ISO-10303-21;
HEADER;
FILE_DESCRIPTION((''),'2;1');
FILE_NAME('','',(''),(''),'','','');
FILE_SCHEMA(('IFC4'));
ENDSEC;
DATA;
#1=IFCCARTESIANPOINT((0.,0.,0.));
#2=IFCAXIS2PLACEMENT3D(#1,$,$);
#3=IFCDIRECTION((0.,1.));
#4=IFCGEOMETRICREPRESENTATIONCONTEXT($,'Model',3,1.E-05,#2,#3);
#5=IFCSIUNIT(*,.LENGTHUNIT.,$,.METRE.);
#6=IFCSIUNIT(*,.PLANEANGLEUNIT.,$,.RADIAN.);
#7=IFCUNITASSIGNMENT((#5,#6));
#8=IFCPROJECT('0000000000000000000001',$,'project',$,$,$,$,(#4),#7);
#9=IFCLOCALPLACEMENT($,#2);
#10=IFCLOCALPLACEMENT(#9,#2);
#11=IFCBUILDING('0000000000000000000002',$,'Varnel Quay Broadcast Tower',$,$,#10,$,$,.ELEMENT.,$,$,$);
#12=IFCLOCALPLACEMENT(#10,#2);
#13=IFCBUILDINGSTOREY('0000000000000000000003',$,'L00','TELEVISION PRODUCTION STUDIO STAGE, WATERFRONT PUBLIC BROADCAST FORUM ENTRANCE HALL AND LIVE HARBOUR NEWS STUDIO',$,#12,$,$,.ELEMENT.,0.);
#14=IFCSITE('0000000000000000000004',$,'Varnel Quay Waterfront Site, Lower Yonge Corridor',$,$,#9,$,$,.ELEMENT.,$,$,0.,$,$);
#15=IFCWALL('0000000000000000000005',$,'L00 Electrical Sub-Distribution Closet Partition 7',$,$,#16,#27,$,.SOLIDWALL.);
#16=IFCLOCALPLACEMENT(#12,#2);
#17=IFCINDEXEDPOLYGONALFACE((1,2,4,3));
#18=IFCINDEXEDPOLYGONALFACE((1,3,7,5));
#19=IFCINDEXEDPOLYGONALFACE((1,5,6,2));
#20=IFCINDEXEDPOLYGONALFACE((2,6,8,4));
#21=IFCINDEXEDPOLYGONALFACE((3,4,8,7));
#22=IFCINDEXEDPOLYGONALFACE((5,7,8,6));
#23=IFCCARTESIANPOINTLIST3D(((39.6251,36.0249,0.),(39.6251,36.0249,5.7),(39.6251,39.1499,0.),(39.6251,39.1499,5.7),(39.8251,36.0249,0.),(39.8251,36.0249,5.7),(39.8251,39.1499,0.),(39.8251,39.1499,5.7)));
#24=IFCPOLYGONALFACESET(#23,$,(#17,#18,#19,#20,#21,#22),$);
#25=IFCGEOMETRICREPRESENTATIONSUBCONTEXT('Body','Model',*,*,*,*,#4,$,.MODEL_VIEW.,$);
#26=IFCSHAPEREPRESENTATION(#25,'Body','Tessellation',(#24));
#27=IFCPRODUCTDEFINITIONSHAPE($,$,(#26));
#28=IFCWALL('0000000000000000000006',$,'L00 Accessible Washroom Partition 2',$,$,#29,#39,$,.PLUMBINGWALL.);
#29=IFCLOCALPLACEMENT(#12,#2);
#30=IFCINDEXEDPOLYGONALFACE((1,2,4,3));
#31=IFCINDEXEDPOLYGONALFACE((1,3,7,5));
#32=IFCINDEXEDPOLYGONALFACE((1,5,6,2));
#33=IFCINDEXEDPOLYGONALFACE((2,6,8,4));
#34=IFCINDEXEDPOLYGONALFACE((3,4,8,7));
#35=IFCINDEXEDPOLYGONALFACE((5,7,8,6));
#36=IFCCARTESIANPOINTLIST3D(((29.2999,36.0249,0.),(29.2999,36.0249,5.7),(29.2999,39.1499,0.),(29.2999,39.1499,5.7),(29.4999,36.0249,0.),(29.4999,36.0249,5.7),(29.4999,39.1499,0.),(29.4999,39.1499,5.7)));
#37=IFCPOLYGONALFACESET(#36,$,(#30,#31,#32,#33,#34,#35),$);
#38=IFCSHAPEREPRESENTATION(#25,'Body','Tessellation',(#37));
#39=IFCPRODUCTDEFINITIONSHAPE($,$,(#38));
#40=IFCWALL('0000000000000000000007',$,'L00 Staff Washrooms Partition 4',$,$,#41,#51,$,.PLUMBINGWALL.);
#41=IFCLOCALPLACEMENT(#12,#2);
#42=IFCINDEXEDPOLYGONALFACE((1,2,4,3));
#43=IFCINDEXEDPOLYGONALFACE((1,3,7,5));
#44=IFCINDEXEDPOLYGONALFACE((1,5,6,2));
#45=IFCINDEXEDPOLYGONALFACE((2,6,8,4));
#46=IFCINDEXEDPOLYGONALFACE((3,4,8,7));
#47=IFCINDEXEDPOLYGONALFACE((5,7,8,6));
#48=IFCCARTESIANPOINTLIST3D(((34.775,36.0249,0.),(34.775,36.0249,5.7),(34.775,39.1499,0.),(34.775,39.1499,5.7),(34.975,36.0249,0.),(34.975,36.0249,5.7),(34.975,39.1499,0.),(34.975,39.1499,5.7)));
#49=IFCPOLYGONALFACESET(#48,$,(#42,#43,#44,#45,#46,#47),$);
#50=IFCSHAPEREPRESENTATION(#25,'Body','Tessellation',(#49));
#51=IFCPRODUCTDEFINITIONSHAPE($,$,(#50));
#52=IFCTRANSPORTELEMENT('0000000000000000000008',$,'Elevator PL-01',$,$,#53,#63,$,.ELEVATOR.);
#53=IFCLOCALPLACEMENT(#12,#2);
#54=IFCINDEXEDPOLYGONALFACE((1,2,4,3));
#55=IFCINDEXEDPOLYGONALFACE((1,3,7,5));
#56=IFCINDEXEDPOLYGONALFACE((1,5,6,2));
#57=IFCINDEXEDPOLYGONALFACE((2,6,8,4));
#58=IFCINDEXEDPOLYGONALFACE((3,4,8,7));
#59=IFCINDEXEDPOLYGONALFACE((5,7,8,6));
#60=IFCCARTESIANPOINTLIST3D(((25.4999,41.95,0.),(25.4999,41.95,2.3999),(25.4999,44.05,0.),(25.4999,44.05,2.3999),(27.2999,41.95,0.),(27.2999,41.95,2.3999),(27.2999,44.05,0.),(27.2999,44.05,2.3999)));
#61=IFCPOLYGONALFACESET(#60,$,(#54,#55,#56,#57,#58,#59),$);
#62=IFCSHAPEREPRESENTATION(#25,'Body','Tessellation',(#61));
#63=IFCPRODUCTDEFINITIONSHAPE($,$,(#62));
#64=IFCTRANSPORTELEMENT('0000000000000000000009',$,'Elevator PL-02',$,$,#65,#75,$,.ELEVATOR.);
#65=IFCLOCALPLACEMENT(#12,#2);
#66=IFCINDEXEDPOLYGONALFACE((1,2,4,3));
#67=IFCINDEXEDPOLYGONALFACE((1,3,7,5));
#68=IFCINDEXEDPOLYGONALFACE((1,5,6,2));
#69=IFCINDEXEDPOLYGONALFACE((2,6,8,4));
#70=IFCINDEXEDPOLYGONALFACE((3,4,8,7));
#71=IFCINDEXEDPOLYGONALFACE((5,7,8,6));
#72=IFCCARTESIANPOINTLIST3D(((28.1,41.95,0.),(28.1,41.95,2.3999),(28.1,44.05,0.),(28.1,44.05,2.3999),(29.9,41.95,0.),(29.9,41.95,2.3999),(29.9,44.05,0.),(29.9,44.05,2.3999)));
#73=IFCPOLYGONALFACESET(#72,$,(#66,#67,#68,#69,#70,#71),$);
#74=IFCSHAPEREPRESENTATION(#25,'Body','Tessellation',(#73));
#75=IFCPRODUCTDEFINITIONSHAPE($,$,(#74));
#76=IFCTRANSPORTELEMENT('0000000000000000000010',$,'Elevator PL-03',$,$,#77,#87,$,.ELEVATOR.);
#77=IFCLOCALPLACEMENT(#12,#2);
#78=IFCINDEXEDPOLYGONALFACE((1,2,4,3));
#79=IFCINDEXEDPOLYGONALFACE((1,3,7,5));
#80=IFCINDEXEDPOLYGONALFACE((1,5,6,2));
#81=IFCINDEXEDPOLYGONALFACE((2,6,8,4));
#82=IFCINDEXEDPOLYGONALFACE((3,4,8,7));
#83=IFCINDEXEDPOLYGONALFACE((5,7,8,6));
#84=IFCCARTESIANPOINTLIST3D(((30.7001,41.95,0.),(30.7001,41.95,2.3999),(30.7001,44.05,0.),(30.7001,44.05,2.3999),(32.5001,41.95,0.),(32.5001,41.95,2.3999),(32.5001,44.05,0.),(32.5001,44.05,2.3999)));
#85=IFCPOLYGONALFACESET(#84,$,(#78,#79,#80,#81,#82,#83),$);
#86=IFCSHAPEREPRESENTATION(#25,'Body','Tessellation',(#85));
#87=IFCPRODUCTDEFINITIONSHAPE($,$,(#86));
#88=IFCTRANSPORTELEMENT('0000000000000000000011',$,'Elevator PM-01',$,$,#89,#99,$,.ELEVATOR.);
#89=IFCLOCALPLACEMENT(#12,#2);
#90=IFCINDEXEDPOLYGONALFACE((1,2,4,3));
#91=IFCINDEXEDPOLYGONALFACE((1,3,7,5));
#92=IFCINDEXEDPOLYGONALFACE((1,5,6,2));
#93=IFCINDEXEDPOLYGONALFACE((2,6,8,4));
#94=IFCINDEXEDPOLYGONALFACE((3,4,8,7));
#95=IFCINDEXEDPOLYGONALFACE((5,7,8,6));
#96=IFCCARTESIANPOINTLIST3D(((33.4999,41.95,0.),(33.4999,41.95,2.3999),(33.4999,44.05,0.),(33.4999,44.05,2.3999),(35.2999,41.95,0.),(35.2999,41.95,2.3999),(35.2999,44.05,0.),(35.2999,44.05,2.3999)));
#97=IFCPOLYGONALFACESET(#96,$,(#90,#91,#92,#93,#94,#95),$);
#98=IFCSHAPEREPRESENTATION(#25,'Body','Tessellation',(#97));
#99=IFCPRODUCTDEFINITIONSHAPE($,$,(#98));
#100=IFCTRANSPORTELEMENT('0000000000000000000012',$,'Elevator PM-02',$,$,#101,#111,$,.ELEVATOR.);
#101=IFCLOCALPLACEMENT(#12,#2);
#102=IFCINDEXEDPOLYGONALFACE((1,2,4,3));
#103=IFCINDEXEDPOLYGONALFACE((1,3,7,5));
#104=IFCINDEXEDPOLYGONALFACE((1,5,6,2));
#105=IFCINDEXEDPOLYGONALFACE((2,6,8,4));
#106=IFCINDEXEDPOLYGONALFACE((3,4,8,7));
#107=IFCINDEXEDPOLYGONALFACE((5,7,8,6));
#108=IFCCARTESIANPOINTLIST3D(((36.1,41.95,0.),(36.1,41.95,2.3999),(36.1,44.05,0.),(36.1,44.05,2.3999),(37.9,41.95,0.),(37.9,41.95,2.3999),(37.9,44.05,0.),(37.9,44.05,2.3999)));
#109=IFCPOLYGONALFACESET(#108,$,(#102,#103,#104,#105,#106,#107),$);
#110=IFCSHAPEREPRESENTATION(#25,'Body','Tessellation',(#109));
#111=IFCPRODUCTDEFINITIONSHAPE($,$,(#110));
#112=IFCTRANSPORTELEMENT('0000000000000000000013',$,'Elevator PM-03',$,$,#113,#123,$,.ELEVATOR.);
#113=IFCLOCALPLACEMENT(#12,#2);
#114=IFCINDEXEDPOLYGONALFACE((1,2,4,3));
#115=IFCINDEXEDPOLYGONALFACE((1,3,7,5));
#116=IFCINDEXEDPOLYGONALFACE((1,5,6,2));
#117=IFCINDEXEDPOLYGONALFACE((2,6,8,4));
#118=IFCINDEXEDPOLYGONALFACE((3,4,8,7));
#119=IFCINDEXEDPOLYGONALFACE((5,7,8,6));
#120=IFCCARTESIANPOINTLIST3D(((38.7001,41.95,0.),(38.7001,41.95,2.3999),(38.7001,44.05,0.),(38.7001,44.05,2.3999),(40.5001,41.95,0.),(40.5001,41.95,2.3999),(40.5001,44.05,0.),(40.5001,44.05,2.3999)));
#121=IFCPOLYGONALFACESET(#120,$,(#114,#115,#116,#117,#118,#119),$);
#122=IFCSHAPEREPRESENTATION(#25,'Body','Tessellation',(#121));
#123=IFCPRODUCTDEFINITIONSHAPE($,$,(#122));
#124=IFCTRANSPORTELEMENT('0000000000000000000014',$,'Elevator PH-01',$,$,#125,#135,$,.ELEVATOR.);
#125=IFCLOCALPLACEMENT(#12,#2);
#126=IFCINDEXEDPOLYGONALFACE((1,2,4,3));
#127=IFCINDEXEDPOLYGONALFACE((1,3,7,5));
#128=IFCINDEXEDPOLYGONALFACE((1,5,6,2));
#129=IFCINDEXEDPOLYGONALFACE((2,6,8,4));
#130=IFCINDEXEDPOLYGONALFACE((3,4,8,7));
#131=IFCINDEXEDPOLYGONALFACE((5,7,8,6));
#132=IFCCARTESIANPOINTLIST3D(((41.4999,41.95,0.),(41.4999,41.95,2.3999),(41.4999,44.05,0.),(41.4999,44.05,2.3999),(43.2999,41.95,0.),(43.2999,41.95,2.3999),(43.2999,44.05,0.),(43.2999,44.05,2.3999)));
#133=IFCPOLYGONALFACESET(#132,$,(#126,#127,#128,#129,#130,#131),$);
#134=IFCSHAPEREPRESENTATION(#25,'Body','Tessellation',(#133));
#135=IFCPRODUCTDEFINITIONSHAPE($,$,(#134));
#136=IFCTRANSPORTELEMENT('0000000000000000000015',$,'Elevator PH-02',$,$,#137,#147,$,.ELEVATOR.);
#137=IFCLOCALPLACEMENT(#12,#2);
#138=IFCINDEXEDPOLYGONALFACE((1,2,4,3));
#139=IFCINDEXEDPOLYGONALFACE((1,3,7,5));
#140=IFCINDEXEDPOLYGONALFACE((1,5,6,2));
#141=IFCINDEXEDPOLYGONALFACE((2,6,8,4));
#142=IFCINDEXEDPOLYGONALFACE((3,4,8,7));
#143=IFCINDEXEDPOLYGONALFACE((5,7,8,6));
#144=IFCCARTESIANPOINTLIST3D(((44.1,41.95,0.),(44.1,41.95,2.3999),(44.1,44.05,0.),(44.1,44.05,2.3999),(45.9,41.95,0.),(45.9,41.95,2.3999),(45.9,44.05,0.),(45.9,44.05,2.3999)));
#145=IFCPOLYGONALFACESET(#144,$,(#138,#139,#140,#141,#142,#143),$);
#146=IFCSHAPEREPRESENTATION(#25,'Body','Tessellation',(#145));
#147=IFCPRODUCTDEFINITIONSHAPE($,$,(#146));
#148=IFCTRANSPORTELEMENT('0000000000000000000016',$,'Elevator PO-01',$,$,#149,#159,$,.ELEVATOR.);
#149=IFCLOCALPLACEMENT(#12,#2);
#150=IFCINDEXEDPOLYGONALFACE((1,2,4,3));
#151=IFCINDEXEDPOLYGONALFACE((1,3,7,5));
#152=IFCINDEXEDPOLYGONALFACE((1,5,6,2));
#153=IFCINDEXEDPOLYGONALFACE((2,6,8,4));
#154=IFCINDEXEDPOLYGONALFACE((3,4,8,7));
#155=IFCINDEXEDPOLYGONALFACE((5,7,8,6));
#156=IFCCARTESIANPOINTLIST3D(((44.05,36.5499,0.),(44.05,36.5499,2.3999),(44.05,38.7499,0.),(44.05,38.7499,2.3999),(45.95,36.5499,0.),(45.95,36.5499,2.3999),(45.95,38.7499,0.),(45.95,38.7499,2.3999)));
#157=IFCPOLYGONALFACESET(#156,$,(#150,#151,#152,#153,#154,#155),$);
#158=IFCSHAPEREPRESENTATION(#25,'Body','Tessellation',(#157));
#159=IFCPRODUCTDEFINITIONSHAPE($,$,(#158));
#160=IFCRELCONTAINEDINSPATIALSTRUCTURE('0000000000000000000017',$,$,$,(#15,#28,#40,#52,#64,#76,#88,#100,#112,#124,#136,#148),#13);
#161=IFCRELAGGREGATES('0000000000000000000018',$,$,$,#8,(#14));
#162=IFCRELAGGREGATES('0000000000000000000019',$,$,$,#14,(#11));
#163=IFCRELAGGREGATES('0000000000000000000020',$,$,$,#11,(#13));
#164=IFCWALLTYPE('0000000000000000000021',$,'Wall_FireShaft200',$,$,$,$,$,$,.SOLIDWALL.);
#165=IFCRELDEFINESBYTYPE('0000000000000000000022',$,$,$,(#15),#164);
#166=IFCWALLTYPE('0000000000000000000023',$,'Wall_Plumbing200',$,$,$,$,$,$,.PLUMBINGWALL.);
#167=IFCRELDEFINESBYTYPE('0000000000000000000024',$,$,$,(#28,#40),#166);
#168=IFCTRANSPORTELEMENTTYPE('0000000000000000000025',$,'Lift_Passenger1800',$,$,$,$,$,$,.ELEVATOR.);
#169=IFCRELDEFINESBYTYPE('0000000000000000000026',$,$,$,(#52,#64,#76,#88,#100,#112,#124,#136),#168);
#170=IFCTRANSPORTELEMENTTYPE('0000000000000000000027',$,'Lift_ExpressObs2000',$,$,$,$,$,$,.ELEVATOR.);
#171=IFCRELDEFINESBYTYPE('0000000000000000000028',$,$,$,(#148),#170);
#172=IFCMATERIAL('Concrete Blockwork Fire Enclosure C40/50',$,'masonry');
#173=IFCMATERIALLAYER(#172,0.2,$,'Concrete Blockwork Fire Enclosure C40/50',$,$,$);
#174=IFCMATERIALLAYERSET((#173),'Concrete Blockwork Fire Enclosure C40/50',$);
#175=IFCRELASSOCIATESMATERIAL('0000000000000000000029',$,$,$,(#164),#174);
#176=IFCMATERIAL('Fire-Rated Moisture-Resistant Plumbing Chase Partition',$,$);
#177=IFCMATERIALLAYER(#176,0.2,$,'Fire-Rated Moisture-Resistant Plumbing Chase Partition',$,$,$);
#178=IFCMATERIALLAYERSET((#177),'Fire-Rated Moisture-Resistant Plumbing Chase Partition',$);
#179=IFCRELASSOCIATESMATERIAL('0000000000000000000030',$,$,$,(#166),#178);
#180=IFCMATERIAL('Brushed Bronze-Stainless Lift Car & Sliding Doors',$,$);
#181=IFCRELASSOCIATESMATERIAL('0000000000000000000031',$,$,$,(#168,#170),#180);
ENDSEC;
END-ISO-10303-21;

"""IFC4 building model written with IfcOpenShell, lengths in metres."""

from ifc_helpers import new_model, si_unit, direction, frame, frame_2d, origin, origin_2d, place, context, subcontext, project, spatial, rectangle, extrude, source, transform, mapped, material, layer, layer_set, type_object, type_shapes, element, save


model = new_model("IFC4")

# Units and contexts
model_context = context("Model", 3, precision=1e-05, world=origin(), true_north=direction((0.0, 1.0)))
body_context = subcontext(model_context, "Body", "Model", "MODEL_VIEW")
ifc_project = project(units=[si_unit("LENGTHUNIT", "METRE"), si_unit("PLANEANGLEUNIT", "RADIAN")], contexts=[model_context])

# Site, building, storey
site_placement = place(None, origin())
site = spatial("IfcSite", under=ifc_project, at=site_placement, Name="Varnel Quay Waterfront Site, Lower Yonge Corridor", CompositionType="ELEMENT", RefElevation=0.0)
building_placement = place(site_placement, origin())
building = spatial("IfcBuilding", under=site, at=building_placement, Name="Varnel Quay Broadcast Tower", CompositionType="ELEMENT")
storey_placement = place(building_placement, origin())
storey = spatial("IfcBuildingStorey", under=building, at=storey_placement, Name="L00", Description="TELEVISION PRODUCTION STUDIO STAGE, WATERFRONT PUBLIC BROADCAST FORUM ENTRANCE HALL AND LIVE HARBOUR NEWS STUDIO", CompositionType="ELEMENT", Elevation=0.0)

# Shared definitions
ifc_material_1 = material(Name="Concrete Blockwork Fire Enclosure C40/50", Category="masonry")
ifc_layer_1 = layer(ifc_material_1, 0.2, Name="Concrete Blockwork Fire Enclosure C40/50")
ifc_layer_set_1 = layer_set([ifc_layer_1], Name="Concrete Blockwork Fire Enclosure C40/50")
wall_type_1 = type_object("IfcWallType", Name="Wall_FireShaft200", PredefinedType="SOLIDWALL", material=ifc_layer_set_1)

# Walls
wall_1_placement = place(storey_placement, frame((39.7251, 36.0249, 0.0), z_axis=(0.0, 0.0, 1.0), x_axis=(0.0, 1.0, 0.0)))
element("IfcWall", 1, at=wall_1_placement, inside=storey, type_object=wall_type_1, Name="L00 Electrical Sub-Distribution Closet Partition 7", PredefinedType="SOLIDWALL", context=body_context, shape_type="SweptSolid", body=[
    extrude(rectangle(XDim=3.125, YDim=0.2, at=frame_2d((1.5625, 0.0))), origin(), (0.0, 0.0, 1.0), 5.7),
])
ifc_material_2 = material(Name="Fire-Rated Moisture-Resistant Plumbing Chase Partition")
ifc_layer_2 = layer(ifc_material_2, 0.2, Name="Fire-Rated Moisture-Resistant Plumbing Chase Partition")
ifc_layer_set_2 = layer_set([ifc_layer_2], Name="Fire-Rated Moisture-Resistant Plumbing Chase Partition")
wall_type_2 = type_object("IfcWallType", Name="Wall_Plumbing200", PredefinedType="PLUMBINGWALL", material=ifc_layer_set_2)
for number, where, z_axis, x_axis, name in (
    (2, (29.3999, 36.0249, 0.0), (0.0, 0.0, 1.0), (0.0, 1.0, 0.0), "L00 Accessible Washroom Partition 2"),
    (3, (34.875, 36.0249, 0.0), (0.0, 0.0, 1.0), (0.0, 1.0, 0.0), "L00 Staff Washrooms Partition 4"),
):
    element("IfcWall", number, at=place(storey_placement, frame(where, z_axis=z_axis, x_axis=x_axis)), inside=storey, type_object=wall_type_2, Name=name, PredefinedType="PLUMBINGWALL", context=body_context, shape_type="SweptSolid", body=[
        extrude(rectangle(XDim=3.125, YDim=0.2, at=frame_2d((1.5625, 0.0))), origin(), (0.0, 0.0, 1.0), 5.7),
    ])

# Transport elements
ifc_material_3 = material(Name="Brushed Bronze-Stainless Lift Car & Sliding Doors")
transport_element_type_1 = type_object("IfcTransportElementType", Name="Lift_Passenger1800", PredefinedType="ELEVATOR", material=ifc_material_3)
shared_shape_1 = source(origin(), body_context, "Body", "SweptSolid", [
    extrude(rectangle(XDim=1.8, YDim=2.1001, at=origin_2d()), origin(), (0.0, 0.0, 1.0), 2.3999),
])
type_shapes(transport_element_type_1, [shared_shape_1])
for number, where, z_axis, x_axis, name in (
    (4, (26.3999, 43.0, 0.0), (0.0, 0.0, 1.0), (1.0, 0.0, 0.0), "Elevator PL-01"),
    (5, (29.0, 43.0, 0.0), (0.0, 0.0, 1.0), (1.0, 0.0, 0.0), "Elevator PL-02"),
    (6, (31.6001, 43.0, 0.0), (0.0, 0.0, 1.0), (1.0, 0.0, 0.0), "Elevator PL-03"),
    (7, (34.3999, 43.0, 0.0), (0.0, 0.0, 1.0), (1.0, 0.0, 0.0), "Elevator PM-01"),
    (8, (37.0, 43.0, 0.0), (0.0, 0.0, 1.0), (1.0, 0.0, 0.0), "Elevator PM-02"),
    (9, (39.6001, 43.0, 0.0), (0.0, 0.0, 1.0), (1.0, 0.0, 0.0), "Elevator PM-03"),
    (10, (42.3999, 43.0, 0.0), (0.0, 0.0, 1.0), (1.0, 0.0, 0.0), "Elevator PH-01"),
    (11, (45.0, 43.0, 0.0), (0.0, 0.0, 1.0), (1.0, 0.0, 0.0), "Elevator PH-02"),
):
    element("IfcTransportElement", number, at=place(storey_placement, frame(where, z_axis=z_axis, x_axis=x_axis)), inside=storey, type_object=transport_element_type_1, Name=name, PredefinedType="ELEVATOR", context=body_context, shape_type="MappedRepresentation", body=[
        mapped(shared_shape_1, transform((0.0, 0.0, 0.0), x_axis=(1.0, 0.0, 0.0), y_axis=(0.0, 1.0, 0.0), z_axis=(0.0, 0.0, 1.0), scale=1.0)),
    ])
transport_element_type_2 = type_object("IfcTransportElementType", Name="Lift_ExpressObs2000", PredefinedType="ELEVATOR", material=ifc_material_3)
shared_shape_2 = source(origin(), body_context, "Body", "SweptSolid", [
    extrude(rectangle(XDim=1.8999, YDim=2.2, at=origin_2d()), origin(), (0.0, 0.0, 1.0), 2.3999),
])
type_shapes(transport_element_type_2, [shared_shape_2])
transport_element_placement = place(storey_placement, frame((45.0, 37.6499, 0.0), z_axis=(0.0, 0.0, 1.0), x_axis=(1.0, 0.0, 0.0)))
element("IfcTransportElement", 12, at=transport_element_placement, inside=storey, type_object=transport_element_type_2, Name="Elevator PO-01", PredefinedType="ELEVATOR", context=body_context, shape_type="MappedRepresentation", body=[
    mapped(shared_shape_2, transform((0.0, 0.0, 0.0), x_axis=(1.0, 0.0, 0.0), y_axis=(0.0, 1.0, 0.0), z_axis=(0.0, 0.0, 1.0), scale=1.0)),
])

save(model, "model.ifc")
